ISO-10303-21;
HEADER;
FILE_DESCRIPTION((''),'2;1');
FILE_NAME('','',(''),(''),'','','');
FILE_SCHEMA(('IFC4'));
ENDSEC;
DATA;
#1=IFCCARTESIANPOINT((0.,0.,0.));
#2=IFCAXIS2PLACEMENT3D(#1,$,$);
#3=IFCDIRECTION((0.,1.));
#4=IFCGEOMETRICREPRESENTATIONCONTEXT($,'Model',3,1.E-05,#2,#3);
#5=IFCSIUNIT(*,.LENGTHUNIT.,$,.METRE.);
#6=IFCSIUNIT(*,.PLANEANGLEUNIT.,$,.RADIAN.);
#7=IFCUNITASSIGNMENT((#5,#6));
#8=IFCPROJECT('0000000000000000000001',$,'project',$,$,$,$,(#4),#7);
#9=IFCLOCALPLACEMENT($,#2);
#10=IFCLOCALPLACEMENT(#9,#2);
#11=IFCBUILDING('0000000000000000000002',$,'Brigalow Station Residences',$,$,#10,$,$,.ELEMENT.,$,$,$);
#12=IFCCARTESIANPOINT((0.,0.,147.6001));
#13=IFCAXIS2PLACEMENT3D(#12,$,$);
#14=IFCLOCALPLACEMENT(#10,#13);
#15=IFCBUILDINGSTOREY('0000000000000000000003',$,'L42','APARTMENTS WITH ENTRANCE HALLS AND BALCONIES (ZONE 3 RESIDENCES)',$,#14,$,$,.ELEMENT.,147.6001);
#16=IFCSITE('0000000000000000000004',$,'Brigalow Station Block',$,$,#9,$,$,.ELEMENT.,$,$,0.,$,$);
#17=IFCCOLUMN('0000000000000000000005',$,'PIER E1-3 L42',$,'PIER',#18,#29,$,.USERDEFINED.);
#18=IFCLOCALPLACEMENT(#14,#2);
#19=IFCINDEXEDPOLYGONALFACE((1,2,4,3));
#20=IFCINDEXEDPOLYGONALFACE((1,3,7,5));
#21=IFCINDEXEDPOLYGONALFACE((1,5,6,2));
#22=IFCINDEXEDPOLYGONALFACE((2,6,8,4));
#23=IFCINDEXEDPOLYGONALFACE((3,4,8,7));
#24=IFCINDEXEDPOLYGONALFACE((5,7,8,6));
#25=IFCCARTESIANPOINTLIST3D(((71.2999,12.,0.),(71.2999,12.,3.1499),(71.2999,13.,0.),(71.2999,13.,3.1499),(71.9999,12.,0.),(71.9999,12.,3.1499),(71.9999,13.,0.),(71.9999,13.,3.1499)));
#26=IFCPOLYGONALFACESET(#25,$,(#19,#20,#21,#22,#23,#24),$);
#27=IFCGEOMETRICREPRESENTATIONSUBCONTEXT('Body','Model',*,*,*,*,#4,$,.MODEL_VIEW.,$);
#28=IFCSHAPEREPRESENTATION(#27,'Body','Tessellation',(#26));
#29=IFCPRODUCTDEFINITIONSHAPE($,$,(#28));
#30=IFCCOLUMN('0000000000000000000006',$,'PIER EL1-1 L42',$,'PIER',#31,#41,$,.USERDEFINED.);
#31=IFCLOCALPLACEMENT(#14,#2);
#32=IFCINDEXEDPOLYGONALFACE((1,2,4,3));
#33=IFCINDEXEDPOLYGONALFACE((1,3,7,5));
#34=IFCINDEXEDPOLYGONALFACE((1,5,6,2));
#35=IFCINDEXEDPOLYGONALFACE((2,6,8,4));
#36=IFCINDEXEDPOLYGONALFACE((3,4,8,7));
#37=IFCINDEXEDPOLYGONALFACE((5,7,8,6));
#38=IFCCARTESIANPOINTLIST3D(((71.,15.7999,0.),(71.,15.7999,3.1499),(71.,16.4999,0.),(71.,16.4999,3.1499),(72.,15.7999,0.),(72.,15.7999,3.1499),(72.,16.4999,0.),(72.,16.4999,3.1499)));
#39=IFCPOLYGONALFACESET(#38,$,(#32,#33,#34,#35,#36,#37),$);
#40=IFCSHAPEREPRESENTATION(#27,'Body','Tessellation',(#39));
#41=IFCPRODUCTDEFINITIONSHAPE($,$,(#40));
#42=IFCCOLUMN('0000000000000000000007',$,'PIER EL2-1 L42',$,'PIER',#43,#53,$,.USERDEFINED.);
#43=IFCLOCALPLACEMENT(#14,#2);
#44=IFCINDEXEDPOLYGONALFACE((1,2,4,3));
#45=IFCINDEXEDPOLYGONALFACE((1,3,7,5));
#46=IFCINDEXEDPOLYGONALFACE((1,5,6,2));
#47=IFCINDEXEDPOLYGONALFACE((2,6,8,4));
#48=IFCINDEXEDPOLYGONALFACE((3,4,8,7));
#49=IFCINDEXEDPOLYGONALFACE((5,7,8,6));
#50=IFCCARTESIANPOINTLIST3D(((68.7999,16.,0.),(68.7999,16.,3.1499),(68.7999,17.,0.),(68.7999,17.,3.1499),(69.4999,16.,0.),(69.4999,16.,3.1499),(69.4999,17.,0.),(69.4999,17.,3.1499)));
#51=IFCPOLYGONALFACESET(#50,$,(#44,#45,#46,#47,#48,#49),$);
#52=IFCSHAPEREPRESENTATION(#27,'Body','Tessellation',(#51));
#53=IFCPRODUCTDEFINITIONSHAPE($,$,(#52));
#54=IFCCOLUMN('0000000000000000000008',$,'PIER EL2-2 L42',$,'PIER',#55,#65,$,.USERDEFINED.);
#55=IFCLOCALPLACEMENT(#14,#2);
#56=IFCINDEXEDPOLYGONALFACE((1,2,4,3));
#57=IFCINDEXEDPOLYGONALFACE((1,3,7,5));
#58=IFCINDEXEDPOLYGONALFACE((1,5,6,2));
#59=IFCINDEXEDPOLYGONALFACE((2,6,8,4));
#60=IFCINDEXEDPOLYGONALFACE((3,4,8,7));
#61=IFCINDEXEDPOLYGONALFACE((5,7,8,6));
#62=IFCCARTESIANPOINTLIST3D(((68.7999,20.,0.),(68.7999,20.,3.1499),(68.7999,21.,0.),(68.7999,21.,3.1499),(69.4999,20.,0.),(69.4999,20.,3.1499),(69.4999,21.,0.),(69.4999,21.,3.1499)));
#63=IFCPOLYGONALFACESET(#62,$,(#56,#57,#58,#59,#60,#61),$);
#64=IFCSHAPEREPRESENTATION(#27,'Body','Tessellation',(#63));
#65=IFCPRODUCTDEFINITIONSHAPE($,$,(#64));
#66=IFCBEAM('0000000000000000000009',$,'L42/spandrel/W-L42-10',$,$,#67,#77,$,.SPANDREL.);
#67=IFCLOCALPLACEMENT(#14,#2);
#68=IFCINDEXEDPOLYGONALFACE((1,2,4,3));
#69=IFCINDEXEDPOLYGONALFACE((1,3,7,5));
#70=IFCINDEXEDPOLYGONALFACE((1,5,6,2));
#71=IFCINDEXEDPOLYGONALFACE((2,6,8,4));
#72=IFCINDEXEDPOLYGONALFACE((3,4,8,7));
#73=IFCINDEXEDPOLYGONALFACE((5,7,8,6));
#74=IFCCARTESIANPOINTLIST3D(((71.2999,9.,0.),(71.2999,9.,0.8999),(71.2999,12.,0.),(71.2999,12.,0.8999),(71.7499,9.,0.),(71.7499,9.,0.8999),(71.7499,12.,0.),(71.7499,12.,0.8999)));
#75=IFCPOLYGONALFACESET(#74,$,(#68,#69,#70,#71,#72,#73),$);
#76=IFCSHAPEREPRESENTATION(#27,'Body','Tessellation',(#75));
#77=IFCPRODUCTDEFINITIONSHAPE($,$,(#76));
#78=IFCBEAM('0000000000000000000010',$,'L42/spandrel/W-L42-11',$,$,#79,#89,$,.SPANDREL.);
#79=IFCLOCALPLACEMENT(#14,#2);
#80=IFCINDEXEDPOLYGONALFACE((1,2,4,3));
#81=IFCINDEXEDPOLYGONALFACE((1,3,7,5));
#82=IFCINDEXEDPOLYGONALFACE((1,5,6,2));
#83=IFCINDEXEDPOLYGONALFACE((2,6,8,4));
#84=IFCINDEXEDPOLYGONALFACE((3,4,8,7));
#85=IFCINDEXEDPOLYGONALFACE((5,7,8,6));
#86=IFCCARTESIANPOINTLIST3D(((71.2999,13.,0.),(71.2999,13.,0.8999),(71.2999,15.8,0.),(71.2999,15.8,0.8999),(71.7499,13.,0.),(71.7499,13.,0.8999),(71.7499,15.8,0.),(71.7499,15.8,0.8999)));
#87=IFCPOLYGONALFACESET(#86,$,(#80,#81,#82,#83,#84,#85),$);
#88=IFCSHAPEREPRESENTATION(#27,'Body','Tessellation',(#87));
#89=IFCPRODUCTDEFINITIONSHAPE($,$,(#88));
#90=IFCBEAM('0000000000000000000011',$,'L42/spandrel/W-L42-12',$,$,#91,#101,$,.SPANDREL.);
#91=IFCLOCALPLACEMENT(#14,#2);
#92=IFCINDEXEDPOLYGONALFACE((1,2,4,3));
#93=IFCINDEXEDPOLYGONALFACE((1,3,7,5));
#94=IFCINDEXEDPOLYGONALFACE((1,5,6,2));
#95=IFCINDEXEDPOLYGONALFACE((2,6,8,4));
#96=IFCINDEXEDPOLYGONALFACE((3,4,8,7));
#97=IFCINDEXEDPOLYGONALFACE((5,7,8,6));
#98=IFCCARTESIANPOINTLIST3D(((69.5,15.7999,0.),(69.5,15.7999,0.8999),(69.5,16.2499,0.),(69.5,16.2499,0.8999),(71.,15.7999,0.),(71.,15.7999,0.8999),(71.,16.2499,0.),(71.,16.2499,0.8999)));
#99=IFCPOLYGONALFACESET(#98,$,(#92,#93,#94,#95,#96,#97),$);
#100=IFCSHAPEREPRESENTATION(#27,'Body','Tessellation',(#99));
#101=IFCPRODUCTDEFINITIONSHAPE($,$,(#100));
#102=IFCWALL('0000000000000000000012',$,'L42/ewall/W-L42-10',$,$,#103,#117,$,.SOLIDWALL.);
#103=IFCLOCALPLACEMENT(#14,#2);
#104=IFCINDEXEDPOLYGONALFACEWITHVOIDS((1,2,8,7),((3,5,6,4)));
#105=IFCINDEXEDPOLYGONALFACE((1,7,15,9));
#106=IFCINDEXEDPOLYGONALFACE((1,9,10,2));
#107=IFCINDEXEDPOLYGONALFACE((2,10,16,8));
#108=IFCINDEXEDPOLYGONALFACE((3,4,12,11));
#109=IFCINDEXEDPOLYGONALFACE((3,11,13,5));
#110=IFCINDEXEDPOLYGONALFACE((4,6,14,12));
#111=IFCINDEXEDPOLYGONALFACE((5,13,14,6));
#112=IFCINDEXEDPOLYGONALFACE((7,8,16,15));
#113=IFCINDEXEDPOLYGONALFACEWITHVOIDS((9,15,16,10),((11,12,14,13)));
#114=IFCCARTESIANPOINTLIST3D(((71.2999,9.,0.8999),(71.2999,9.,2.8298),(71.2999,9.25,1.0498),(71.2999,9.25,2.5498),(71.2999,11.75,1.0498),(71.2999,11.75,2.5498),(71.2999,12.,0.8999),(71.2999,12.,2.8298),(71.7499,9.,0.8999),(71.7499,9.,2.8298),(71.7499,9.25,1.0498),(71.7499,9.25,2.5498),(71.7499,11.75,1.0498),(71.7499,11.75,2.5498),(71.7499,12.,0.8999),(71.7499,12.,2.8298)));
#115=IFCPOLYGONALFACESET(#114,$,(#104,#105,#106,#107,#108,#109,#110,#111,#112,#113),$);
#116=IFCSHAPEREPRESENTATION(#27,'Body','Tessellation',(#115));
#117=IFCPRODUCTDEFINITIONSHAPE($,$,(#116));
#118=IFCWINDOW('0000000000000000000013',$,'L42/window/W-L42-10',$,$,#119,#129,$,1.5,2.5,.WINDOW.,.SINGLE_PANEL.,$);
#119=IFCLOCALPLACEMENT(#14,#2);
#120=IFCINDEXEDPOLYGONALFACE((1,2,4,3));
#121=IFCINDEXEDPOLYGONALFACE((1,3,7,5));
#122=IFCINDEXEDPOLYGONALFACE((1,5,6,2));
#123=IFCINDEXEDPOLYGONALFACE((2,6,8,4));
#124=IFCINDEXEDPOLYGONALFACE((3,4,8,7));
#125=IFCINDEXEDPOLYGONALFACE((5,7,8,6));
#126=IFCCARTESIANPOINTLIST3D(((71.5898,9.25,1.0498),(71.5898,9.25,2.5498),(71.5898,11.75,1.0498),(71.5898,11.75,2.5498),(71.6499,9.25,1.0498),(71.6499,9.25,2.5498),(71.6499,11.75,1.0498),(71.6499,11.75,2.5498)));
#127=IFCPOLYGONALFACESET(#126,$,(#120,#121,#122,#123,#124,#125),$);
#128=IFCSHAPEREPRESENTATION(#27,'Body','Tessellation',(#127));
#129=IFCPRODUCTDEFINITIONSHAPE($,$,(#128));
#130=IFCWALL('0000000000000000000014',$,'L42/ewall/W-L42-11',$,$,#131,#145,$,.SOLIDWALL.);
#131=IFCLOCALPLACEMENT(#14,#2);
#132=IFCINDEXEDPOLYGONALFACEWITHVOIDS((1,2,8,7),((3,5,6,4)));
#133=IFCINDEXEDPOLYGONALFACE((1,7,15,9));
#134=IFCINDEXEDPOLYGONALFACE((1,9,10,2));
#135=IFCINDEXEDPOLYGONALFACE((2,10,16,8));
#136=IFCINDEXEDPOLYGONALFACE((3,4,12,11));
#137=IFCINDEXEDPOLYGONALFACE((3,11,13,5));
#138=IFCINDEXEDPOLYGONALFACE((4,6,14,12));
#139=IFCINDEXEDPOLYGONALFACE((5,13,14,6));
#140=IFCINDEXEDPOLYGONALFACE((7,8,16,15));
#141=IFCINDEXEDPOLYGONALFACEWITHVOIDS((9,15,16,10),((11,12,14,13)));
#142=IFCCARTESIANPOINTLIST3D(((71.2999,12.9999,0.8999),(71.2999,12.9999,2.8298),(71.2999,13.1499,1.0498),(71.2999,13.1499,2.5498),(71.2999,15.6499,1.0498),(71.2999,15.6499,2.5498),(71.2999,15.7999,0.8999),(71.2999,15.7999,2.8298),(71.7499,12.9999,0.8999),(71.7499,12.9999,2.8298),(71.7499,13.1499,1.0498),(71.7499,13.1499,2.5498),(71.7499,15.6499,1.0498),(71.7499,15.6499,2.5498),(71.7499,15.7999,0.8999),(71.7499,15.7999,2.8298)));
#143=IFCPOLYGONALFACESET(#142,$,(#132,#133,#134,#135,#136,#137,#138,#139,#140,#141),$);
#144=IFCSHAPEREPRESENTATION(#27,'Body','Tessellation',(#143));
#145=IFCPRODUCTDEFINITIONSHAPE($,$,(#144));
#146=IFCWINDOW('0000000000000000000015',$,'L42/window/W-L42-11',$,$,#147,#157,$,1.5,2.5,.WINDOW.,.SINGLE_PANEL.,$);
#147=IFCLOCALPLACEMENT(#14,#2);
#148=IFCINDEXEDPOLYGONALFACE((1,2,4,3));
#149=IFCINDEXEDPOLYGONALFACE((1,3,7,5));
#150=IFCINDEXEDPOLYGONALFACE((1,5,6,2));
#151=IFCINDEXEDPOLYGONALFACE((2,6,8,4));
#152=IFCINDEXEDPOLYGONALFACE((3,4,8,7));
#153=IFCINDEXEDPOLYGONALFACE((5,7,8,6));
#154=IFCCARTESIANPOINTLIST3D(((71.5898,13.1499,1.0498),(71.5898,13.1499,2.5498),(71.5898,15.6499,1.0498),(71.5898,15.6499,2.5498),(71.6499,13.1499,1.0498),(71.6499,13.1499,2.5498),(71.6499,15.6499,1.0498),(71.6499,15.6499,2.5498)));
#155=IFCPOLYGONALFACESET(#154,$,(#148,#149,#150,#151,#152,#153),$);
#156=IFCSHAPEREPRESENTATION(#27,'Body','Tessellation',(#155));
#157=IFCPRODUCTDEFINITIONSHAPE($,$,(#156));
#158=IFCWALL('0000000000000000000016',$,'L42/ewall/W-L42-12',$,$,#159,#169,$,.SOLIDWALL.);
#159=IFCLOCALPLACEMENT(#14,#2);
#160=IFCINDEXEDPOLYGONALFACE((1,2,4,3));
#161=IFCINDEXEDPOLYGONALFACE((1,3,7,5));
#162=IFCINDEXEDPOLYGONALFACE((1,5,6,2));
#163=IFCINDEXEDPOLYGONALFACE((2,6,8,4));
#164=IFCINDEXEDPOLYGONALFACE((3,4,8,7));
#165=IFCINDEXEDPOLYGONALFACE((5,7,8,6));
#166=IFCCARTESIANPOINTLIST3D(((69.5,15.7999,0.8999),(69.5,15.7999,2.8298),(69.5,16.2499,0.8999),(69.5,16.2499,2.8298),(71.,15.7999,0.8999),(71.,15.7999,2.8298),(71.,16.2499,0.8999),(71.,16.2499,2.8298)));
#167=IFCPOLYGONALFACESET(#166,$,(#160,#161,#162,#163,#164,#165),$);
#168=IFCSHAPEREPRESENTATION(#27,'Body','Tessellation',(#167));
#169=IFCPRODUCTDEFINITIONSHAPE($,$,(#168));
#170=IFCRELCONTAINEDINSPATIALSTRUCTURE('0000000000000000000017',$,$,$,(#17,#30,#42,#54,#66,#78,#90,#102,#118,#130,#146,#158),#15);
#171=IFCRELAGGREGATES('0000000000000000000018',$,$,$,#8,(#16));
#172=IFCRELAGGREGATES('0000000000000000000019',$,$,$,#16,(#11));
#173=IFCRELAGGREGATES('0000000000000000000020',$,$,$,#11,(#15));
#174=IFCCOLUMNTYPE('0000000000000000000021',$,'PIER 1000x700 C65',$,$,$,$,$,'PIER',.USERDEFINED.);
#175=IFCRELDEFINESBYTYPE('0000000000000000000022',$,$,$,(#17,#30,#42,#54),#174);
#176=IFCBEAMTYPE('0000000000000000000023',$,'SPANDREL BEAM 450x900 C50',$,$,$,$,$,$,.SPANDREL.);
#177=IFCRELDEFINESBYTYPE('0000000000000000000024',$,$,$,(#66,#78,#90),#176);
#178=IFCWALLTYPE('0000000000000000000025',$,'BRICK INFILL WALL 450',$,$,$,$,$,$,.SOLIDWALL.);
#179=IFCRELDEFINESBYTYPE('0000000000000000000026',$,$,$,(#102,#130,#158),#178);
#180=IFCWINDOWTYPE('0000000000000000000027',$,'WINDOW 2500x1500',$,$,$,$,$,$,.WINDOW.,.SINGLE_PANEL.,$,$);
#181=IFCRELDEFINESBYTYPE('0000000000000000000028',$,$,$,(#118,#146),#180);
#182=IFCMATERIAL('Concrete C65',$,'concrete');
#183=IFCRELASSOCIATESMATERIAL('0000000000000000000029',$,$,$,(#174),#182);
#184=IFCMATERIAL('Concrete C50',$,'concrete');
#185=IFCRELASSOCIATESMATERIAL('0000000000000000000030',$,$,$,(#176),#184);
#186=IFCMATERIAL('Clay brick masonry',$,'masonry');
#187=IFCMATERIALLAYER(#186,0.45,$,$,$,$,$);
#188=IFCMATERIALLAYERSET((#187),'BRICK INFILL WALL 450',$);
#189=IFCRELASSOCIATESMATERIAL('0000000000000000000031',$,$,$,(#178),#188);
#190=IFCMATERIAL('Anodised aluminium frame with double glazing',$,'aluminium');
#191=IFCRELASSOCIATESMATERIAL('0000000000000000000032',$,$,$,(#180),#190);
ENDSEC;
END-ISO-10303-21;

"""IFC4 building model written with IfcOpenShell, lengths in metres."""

from ifc_helpers import new_model, si_unit, direction, frame, frame_2d, origin, origin_2d, place, context, subcontext, project, spatial, rectangle, extrude, material, layer, layer_set, material_profile, profile_set, type_object, element, fill, save


model = new_model("IFC4")

# Units and contexts
model_context = context("Model", 3, precision=1e-05, world=origin(), true_north=direction((0.0, 1.0)))
body_context = subcontext(model_context, "Body", "Model", "MODEL_VIEW")
ifc_project = project(units=[si_unit("LENGTHUNIT", "METRE"), si_unit("PLANEANGLEUNIT", "RADIAN")], contexts=[model_context])

# Site, building, storey
site_placement = place(None, origin())
site = spatial("IfcSite", under=ifc_project, at=site_placement, Name="Brigalow Station Block", CompositionType="ELEMENT", RefElevation=0.0)
building_placement = place(site_placement, origin())
building = spatial("IfcBuilding", under=site, at=building_placement, Name="Brigalow Station Residences", CompositionType="ELEMENT")
storey_placement = place(building_placement, frame((0.0, 0.0, 147.6001)))
storey = spatial("IfcBuildingStorey", under=building, at=storey_placement, Name="L42", Description="APARTMENTS WITH ENTRANCE HALLS AND BALCONIES (ZONE 3 RESIDENCES)", CompositionType="ELEMENT", Elevation=147.6001)

# Columns
ifc_material_1 = material(Name="Concrete C65", Category="concrete")
ifc_material_profile_1 = material_profile(ifc_material_1, rectangle(XDim=1.0, YDim=0.7, at=origin_2d()), Name="RC1000x700")
ifc_profile_set_1 = profile_set([ifc_material_profile_1], Name="Concrete C65")
column_type = type_object("IfcColumnType", Name="PIER 1000x700 C65", ElementType="PIER", PredefinedType="USERDEFINED", material=ifc_profile_set_1)
for number, where, z_axis, x_axis, name in (
    (1, (71.6499, 12.5, 0.0), (0.0, 0.0, 1.0), (0.0, 1.0, 0.0), "PIER E1-3 L42"),
    (2, (71.5, 16.1499, 0.0), (0.0, 0.0, 1.0), (-1.0, 0.0, 0.0), "PIER EL1-1 L42"),
    (3, (69.1499, 16.5, 0.0), (0.0, 0.0, 1.0), (0.0, 1.0, 0.0), "PIER EL2-1 L42"),
    (4, (69.1499, 20.5, 0.0), (0.0, 0.0, 1.0), (0.0, 1.0, 0.0), "PIER EL2-2 L42"),
):
    element("IfcColumn", number, at=place(storey_placement, frame(where, z_axis=z_axis, x_axis=x_axis)), inside=storey, type_object=column_type, Name=name, ObjectType="PIER", PredefinedType="USERDEFINED", context=body_context, shape_type="SweptSolid", body=[
        extrude(rectangle(XDim=1.0, YDim=0.7, at=origin_2d()), origin(), (0.0, 0.0, 1.0), 3.1499),
    ])

# Beams
ifc_material_2 = material(Name="Concrete C50", Category="concrete")
ifc_material_profile_2 = material_profile(ifc_material_2, rectangle(XDim=0.45, YDim=0.8999, at=origin_2d()), Name="RC450x900")
ifc_profile_set_2 = profile_set([ifc_material_profile_2], Name="Concrete C50")
beam_type = type_object("IfcBeamType", Name="SPANDREL BEAM 450x900 C50", PredefinedType="SPANDREL", material=ifc_profile_set_2)
beam_1_placement = place(storey_placement, frame((71.5249, 9.0, 0.45), z_axis=(0.0, 1.0, 0.0), x_axis=(-1.0, 0.0, 0.0)))
element("IfcBeam", 5, at=beam_1_placement, inside=storey, type_object=beam_type, Name="L42/spandrel/W-L42-10", PredefinedType="SPANDREL", context=body_context, shape_type="SweptSolid", body=[
    extrude(rectangle(XDim=0.45, YDim=0.8999, at=origin_2d()), origin(), (0.0, 0.0, 1.0), 3.0),
])
beam_2_placement = place(storey_placement, frame((71.5249, 13.0, 0.45), z_axis=(0.0, 1.0, 0.0), x_axis=(-1.0, 0.0, 0.0)))
element("IfcBeam", 6, at=beam_2_placement, inside=storey, type_object=beam_type, Name="L42/spandrel/W-L42-11", PredefinedType="SPANDREL", context=body_context, shape_type="SweptSolid", body=[
    extrude(rectangle(XDim=0.45, YDim=0.8999, at=origin_2d()), origin(), (0.0, 0.0, 1.0), 2.8),
])
beam_3_placement = place(storey_placement, frame((71.0, 16.0249, 0.45), z_axis=(-1.0, 0.0, 0.0), x_axis=(0.0, -1.0, 0.0)))
element("IfcBeam", 7, at=beam_3_placement, inside=storey, type_object=beam_type, Name="L42/spandrel/W-L42-12", PredefinedType="SPANDREL", context=body_context, shape_type="SweptSolid", body=[
    extrude(rectangle(XDim=0.45, YDim=0.8999, at=origin_2d()), origin(), (0.0, 0.0, 1.0), 1.5),
])

# Walls, openings, windows
ifc_material_3 = material(Name="Clay brick masonry", Category="masonry")
ifc_layer = layer(ifc_material_3, 0.45)
ifc_layer_set = layer_set([ifc_layer], Name="BRICK INFILL WALL 450")
wall_type = type_object("IfcWallType", Name="BRICK INFILL WALL 450", PredefinedType="SOLIDWALL", material=ifc_layer_set)
wall_1_placement = place(storey_placement, frame((71.5249, 9.0, 0.8999), z_axis=(0.0, 0.0, 1.0), x_axis=(0.0, 1.0, 0.0)))
wall_1 = element("IfcWall", 8, at=wall_1_placement, inside=storey, type_object=wall_type, Name="L42/ewall/W-L42-10", PredefinedType="SOLIDWALL", context=body_context, shape_type="SweptSolid", body=[
    extrude(rectangle(XDim=3.0, YDim=0.45, at=frame_2d((1.5, 0.0))), origin(), (0.0, 0.0, 1.0), 1.9299),
])
opening_1_placement = place(wall_1_placement, frame((0.25, 0.0, 0.1499)))
opening_1 = element("IfcOpeningElement", 9, at=opening_1_placement, cuts=wall_1, PredefinedType="OPENING", context=body_context, shape_type="SweptSolid", body=[
    extrude(rectangle(XDim=2.5, YDim=1.5, at=frame_2d((1.25, 0.75))), frame((0.0, 0.2349, 0.0), z_axis=(0.0, -1.0, 0.0), x_axis=(1.0, 0.0, 0.0)), (0.0, 0.0, 1.0), 0.47),
])
ifc_material_4 = material(Name="Anodised aluminium frame with double glazing", Category="aluminium")
window_type = type_object("IfcWindowType", Name="WINDOW 2500x1500", PartitioningType="SINGLE_PANEL", PredefinedType="WINDOW", material=ifc_material_4)
window_1_placement = place(opening_1_placement, origin())
window_1 = element("IfcWindow", 10, at=window_1_placement, inside=storey, type_object=window_type, Name="L42/window/W-L42-10", OverallHeight=1.5, OverallWidth=2.5, PartitioningType="SINGLE_PANEL", PredefinedType="WINDOW", context=body_context, shape_type="SweptSolid", body=[
    extrude(rectangle(XDim=2.5, YDim=1.5, at=frame_2d((1.25, 0.75))), frame((0.0, -0.0649, 0.0), z_axis=(0.0, -1.0, 0.0), x_axis=(1.0, 0.0, 0.0)), (0.0, 0.0, 1.0), 0.0601),
])
fill(opening_1, window_1)
wall_2_placement = place(storey_placement, frame((71.5249, 13.0, 0.8999), z_axis=(0.0, 0.0, 1.0), x_axis=(0.0, 1.0, 0.0)))
wall_2 = element("IfcWall", 11, at=wall_2_placement, inside=storey, type_object=wall_type, Name="L42/ewall/W-L42-11", PredefinedType="SOLIDWALL", context=body_context, shape_type="SweptSolid", body=[
    extrude(rectangle(XDim=2.8, YDim=0.45, at=frame_2d((1.3999, 0.0))), origin(), (0.0, 0.0, 1.0), 1.9299),
])
opening_2_placement = place(wall_2_placement, frame((0.1499, 0.0, 0.1499)))
opening_2 = element("IfcOpeningElement", 12, at=opening_2_placement, cuts=wall_2, PredefinedType="OPENING", context=body_context, shape_type="SweptSolid", body=[
    extrude(rectangle(XDim=2.5, YDim=1.5, at=frame_2d((1.25, 0.75))), frame((0.0, 0.2349, 0.0), z_axis=(0.0, -1.0, 0.0), x_axis=(1.0, 0.0, 0.0)), (0.0, 0.0, 1.0), 0.47),
])
window_2_placement = place(opening_2_placement, origin())
window_2 = element("IfcWindow", 13, at=window_2_placement, inside=storey, type_object=window_type, Name="L42/window/W-L42-11", OverallHeight=1.5, OverallWidth=2.5, PartitioningType="SINGLE_PANEL", PredefinedType="WINDOW", context=body_context, shape_type="SweptSolid", body=[
    extrude(rectangle(XDim=2.5, YDim=1.5, at=frame_2d((1.25, 0.75))), frame((0.0, -0.0649, 0.0), z_axis=(0.0, -1.0, 0.0), x_axis=(1.0, 0.0, 0.0)), (0.0, 0.0, 1.0), 0.0601),
])
fill(opening_2, window_2)

# Wall
wall_3_placement = place(storey_placement, frame((71.0, 16.0249, 0.8999), z_axis=(0.0, 0.0, 1.0), x_axis=(-1.0, 0.0, 0.0)))
element("IfcWall", 14, at=wall_3_placement, inside=storey, type_object=wall_type, Name="L42/ewall/W-L42-12", PredefinedType="SOLIDWALL", context=body_context, shape_type="SweptSolid", body=[
    extrude(rectangle(XDim=1.5, YDim=0.45, at=frame_2d((0.75, 0.0))), origin(), (0.0, 0.0, 1.0), 1.9299),
])

save(model, "model.ifc")
